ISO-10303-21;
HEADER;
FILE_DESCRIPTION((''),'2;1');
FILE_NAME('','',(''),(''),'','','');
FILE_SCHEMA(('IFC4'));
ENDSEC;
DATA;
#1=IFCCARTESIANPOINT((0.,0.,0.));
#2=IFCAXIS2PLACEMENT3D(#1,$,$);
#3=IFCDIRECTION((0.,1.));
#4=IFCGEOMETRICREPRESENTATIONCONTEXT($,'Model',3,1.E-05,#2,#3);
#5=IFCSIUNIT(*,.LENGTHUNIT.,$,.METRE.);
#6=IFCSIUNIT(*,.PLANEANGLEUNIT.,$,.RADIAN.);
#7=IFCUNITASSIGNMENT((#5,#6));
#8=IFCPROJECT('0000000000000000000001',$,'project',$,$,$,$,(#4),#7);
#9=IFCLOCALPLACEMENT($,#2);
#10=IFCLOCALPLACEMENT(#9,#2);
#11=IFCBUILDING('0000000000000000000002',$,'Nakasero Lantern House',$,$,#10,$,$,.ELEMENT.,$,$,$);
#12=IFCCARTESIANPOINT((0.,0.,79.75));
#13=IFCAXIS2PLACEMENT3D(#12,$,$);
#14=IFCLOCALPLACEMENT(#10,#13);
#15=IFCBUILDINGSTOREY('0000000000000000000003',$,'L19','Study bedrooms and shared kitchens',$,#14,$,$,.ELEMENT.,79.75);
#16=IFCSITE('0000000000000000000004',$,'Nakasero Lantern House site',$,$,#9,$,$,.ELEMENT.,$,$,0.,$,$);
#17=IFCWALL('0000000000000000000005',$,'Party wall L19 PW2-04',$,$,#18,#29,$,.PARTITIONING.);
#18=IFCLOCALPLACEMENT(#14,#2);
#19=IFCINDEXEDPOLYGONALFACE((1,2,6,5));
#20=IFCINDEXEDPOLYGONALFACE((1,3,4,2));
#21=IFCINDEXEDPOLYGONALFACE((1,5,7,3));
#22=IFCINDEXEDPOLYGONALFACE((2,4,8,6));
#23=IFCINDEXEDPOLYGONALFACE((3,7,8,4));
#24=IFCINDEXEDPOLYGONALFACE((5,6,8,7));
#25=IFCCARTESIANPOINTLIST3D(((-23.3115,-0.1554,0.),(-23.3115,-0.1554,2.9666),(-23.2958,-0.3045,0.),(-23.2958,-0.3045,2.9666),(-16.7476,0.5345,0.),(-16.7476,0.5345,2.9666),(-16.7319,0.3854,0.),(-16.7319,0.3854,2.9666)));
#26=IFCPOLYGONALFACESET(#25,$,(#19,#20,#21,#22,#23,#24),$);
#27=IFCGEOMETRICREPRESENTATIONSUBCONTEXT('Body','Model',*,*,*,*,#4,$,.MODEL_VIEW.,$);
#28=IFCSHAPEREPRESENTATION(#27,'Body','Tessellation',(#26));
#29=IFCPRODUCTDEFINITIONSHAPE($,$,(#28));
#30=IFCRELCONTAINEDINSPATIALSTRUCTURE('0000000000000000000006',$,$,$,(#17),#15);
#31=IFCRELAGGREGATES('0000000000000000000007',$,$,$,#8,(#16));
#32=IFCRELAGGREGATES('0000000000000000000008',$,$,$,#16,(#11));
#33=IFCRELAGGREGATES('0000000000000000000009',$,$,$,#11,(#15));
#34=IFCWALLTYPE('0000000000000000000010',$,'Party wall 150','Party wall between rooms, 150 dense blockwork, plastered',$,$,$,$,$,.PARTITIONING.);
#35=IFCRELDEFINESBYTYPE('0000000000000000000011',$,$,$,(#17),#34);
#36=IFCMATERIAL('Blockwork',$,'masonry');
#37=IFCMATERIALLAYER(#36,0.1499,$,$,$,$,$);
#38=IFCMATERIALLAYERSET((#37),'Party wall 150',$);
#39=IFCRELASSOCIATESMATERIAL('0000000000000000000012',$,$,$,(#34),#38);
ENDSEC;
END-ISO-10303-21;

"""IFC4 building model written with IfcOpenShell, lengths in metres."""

from ifc_helpers import new_model, si_unit, direction, frame, frame_2d, origin, place, context, subcontext, project, spatial, rectangle, extrude, material, layer, layer_set, type_object, element, save


model = new_model("IFC4")

# Units and contexts
model_context = context("Model", 3, precision=1e-05, world=origin(), true_north=direction((0.0, 1.0)))
body_context = subcontext(model_context, "Body", "Model", "MODEL_VIEW")
ifc_project = project(units=[si_unit("LENGTHUNIT", "METRE"), si_unit("PLANEANGLEUNIT", "RADIAN")], contexts=[model_context])

# Site, building, storey
site_placement = place(None, origin())
site = spatial("IfcSite", under=ifc_project, at=site_placement, Name="Nakasero Lantern House site", CompositionType="ELEMENT", RefElevation=0.0)
building_placement = place(site_placement, origin())
building = spatial("IfcBuilding", under=site, at=building_placement, Name="Nakasero Lantern House", CompositionType="ELEMENT")
storey_placement = place(building_placement, frame((0.0, 0.0, 79.75)))
storey = spatial("IfcBuildingStorey", under=building, at=storey_placement, Name="L19", Description="Study bedrooms and shared kitchens", CompositionType="ELEMENT", Elevation=79.75)

# Wall
ifc_material_1 = material(Name="Blockwork", Category="masonry")
ifc_layer_1 = layer(ifc_material_1, 0.1499)
ifc_layer_set_1 = layer_set([ifc_layer_1], Name="Party wall 150")
wall_type_1 = type_object("IfcWallType", Name="Party wall 150", Description="Party wall between rooms, 150 dense blockwork, plastered", PredefinedType="PARTITIONING", material=ifc_layer_set_1)
wall_1_placement = place(storey_placement, frame((-16.7397, 0.46, 0.0), z_axis=(0.0, 0.0, 1.0), x_axis=(-0.994521, -0.104535, 0.0)))
element("IfcWall", 1, at=wall_1_placement, inside=storey, type_object=wall_type_1, Name="Party wall L19 PW2-04", PredefinedType="PARTITIONING", context=body_context, shape_type="SweptSolid", body=[
    extrude(rectangle(XDim=6.6001, YDim=0.1499, at=frame_2d((3.3, 0.0))), origin(), (0.0, 0.0, 1.0), 2.9666),
])

save(model, "model.ifc")
